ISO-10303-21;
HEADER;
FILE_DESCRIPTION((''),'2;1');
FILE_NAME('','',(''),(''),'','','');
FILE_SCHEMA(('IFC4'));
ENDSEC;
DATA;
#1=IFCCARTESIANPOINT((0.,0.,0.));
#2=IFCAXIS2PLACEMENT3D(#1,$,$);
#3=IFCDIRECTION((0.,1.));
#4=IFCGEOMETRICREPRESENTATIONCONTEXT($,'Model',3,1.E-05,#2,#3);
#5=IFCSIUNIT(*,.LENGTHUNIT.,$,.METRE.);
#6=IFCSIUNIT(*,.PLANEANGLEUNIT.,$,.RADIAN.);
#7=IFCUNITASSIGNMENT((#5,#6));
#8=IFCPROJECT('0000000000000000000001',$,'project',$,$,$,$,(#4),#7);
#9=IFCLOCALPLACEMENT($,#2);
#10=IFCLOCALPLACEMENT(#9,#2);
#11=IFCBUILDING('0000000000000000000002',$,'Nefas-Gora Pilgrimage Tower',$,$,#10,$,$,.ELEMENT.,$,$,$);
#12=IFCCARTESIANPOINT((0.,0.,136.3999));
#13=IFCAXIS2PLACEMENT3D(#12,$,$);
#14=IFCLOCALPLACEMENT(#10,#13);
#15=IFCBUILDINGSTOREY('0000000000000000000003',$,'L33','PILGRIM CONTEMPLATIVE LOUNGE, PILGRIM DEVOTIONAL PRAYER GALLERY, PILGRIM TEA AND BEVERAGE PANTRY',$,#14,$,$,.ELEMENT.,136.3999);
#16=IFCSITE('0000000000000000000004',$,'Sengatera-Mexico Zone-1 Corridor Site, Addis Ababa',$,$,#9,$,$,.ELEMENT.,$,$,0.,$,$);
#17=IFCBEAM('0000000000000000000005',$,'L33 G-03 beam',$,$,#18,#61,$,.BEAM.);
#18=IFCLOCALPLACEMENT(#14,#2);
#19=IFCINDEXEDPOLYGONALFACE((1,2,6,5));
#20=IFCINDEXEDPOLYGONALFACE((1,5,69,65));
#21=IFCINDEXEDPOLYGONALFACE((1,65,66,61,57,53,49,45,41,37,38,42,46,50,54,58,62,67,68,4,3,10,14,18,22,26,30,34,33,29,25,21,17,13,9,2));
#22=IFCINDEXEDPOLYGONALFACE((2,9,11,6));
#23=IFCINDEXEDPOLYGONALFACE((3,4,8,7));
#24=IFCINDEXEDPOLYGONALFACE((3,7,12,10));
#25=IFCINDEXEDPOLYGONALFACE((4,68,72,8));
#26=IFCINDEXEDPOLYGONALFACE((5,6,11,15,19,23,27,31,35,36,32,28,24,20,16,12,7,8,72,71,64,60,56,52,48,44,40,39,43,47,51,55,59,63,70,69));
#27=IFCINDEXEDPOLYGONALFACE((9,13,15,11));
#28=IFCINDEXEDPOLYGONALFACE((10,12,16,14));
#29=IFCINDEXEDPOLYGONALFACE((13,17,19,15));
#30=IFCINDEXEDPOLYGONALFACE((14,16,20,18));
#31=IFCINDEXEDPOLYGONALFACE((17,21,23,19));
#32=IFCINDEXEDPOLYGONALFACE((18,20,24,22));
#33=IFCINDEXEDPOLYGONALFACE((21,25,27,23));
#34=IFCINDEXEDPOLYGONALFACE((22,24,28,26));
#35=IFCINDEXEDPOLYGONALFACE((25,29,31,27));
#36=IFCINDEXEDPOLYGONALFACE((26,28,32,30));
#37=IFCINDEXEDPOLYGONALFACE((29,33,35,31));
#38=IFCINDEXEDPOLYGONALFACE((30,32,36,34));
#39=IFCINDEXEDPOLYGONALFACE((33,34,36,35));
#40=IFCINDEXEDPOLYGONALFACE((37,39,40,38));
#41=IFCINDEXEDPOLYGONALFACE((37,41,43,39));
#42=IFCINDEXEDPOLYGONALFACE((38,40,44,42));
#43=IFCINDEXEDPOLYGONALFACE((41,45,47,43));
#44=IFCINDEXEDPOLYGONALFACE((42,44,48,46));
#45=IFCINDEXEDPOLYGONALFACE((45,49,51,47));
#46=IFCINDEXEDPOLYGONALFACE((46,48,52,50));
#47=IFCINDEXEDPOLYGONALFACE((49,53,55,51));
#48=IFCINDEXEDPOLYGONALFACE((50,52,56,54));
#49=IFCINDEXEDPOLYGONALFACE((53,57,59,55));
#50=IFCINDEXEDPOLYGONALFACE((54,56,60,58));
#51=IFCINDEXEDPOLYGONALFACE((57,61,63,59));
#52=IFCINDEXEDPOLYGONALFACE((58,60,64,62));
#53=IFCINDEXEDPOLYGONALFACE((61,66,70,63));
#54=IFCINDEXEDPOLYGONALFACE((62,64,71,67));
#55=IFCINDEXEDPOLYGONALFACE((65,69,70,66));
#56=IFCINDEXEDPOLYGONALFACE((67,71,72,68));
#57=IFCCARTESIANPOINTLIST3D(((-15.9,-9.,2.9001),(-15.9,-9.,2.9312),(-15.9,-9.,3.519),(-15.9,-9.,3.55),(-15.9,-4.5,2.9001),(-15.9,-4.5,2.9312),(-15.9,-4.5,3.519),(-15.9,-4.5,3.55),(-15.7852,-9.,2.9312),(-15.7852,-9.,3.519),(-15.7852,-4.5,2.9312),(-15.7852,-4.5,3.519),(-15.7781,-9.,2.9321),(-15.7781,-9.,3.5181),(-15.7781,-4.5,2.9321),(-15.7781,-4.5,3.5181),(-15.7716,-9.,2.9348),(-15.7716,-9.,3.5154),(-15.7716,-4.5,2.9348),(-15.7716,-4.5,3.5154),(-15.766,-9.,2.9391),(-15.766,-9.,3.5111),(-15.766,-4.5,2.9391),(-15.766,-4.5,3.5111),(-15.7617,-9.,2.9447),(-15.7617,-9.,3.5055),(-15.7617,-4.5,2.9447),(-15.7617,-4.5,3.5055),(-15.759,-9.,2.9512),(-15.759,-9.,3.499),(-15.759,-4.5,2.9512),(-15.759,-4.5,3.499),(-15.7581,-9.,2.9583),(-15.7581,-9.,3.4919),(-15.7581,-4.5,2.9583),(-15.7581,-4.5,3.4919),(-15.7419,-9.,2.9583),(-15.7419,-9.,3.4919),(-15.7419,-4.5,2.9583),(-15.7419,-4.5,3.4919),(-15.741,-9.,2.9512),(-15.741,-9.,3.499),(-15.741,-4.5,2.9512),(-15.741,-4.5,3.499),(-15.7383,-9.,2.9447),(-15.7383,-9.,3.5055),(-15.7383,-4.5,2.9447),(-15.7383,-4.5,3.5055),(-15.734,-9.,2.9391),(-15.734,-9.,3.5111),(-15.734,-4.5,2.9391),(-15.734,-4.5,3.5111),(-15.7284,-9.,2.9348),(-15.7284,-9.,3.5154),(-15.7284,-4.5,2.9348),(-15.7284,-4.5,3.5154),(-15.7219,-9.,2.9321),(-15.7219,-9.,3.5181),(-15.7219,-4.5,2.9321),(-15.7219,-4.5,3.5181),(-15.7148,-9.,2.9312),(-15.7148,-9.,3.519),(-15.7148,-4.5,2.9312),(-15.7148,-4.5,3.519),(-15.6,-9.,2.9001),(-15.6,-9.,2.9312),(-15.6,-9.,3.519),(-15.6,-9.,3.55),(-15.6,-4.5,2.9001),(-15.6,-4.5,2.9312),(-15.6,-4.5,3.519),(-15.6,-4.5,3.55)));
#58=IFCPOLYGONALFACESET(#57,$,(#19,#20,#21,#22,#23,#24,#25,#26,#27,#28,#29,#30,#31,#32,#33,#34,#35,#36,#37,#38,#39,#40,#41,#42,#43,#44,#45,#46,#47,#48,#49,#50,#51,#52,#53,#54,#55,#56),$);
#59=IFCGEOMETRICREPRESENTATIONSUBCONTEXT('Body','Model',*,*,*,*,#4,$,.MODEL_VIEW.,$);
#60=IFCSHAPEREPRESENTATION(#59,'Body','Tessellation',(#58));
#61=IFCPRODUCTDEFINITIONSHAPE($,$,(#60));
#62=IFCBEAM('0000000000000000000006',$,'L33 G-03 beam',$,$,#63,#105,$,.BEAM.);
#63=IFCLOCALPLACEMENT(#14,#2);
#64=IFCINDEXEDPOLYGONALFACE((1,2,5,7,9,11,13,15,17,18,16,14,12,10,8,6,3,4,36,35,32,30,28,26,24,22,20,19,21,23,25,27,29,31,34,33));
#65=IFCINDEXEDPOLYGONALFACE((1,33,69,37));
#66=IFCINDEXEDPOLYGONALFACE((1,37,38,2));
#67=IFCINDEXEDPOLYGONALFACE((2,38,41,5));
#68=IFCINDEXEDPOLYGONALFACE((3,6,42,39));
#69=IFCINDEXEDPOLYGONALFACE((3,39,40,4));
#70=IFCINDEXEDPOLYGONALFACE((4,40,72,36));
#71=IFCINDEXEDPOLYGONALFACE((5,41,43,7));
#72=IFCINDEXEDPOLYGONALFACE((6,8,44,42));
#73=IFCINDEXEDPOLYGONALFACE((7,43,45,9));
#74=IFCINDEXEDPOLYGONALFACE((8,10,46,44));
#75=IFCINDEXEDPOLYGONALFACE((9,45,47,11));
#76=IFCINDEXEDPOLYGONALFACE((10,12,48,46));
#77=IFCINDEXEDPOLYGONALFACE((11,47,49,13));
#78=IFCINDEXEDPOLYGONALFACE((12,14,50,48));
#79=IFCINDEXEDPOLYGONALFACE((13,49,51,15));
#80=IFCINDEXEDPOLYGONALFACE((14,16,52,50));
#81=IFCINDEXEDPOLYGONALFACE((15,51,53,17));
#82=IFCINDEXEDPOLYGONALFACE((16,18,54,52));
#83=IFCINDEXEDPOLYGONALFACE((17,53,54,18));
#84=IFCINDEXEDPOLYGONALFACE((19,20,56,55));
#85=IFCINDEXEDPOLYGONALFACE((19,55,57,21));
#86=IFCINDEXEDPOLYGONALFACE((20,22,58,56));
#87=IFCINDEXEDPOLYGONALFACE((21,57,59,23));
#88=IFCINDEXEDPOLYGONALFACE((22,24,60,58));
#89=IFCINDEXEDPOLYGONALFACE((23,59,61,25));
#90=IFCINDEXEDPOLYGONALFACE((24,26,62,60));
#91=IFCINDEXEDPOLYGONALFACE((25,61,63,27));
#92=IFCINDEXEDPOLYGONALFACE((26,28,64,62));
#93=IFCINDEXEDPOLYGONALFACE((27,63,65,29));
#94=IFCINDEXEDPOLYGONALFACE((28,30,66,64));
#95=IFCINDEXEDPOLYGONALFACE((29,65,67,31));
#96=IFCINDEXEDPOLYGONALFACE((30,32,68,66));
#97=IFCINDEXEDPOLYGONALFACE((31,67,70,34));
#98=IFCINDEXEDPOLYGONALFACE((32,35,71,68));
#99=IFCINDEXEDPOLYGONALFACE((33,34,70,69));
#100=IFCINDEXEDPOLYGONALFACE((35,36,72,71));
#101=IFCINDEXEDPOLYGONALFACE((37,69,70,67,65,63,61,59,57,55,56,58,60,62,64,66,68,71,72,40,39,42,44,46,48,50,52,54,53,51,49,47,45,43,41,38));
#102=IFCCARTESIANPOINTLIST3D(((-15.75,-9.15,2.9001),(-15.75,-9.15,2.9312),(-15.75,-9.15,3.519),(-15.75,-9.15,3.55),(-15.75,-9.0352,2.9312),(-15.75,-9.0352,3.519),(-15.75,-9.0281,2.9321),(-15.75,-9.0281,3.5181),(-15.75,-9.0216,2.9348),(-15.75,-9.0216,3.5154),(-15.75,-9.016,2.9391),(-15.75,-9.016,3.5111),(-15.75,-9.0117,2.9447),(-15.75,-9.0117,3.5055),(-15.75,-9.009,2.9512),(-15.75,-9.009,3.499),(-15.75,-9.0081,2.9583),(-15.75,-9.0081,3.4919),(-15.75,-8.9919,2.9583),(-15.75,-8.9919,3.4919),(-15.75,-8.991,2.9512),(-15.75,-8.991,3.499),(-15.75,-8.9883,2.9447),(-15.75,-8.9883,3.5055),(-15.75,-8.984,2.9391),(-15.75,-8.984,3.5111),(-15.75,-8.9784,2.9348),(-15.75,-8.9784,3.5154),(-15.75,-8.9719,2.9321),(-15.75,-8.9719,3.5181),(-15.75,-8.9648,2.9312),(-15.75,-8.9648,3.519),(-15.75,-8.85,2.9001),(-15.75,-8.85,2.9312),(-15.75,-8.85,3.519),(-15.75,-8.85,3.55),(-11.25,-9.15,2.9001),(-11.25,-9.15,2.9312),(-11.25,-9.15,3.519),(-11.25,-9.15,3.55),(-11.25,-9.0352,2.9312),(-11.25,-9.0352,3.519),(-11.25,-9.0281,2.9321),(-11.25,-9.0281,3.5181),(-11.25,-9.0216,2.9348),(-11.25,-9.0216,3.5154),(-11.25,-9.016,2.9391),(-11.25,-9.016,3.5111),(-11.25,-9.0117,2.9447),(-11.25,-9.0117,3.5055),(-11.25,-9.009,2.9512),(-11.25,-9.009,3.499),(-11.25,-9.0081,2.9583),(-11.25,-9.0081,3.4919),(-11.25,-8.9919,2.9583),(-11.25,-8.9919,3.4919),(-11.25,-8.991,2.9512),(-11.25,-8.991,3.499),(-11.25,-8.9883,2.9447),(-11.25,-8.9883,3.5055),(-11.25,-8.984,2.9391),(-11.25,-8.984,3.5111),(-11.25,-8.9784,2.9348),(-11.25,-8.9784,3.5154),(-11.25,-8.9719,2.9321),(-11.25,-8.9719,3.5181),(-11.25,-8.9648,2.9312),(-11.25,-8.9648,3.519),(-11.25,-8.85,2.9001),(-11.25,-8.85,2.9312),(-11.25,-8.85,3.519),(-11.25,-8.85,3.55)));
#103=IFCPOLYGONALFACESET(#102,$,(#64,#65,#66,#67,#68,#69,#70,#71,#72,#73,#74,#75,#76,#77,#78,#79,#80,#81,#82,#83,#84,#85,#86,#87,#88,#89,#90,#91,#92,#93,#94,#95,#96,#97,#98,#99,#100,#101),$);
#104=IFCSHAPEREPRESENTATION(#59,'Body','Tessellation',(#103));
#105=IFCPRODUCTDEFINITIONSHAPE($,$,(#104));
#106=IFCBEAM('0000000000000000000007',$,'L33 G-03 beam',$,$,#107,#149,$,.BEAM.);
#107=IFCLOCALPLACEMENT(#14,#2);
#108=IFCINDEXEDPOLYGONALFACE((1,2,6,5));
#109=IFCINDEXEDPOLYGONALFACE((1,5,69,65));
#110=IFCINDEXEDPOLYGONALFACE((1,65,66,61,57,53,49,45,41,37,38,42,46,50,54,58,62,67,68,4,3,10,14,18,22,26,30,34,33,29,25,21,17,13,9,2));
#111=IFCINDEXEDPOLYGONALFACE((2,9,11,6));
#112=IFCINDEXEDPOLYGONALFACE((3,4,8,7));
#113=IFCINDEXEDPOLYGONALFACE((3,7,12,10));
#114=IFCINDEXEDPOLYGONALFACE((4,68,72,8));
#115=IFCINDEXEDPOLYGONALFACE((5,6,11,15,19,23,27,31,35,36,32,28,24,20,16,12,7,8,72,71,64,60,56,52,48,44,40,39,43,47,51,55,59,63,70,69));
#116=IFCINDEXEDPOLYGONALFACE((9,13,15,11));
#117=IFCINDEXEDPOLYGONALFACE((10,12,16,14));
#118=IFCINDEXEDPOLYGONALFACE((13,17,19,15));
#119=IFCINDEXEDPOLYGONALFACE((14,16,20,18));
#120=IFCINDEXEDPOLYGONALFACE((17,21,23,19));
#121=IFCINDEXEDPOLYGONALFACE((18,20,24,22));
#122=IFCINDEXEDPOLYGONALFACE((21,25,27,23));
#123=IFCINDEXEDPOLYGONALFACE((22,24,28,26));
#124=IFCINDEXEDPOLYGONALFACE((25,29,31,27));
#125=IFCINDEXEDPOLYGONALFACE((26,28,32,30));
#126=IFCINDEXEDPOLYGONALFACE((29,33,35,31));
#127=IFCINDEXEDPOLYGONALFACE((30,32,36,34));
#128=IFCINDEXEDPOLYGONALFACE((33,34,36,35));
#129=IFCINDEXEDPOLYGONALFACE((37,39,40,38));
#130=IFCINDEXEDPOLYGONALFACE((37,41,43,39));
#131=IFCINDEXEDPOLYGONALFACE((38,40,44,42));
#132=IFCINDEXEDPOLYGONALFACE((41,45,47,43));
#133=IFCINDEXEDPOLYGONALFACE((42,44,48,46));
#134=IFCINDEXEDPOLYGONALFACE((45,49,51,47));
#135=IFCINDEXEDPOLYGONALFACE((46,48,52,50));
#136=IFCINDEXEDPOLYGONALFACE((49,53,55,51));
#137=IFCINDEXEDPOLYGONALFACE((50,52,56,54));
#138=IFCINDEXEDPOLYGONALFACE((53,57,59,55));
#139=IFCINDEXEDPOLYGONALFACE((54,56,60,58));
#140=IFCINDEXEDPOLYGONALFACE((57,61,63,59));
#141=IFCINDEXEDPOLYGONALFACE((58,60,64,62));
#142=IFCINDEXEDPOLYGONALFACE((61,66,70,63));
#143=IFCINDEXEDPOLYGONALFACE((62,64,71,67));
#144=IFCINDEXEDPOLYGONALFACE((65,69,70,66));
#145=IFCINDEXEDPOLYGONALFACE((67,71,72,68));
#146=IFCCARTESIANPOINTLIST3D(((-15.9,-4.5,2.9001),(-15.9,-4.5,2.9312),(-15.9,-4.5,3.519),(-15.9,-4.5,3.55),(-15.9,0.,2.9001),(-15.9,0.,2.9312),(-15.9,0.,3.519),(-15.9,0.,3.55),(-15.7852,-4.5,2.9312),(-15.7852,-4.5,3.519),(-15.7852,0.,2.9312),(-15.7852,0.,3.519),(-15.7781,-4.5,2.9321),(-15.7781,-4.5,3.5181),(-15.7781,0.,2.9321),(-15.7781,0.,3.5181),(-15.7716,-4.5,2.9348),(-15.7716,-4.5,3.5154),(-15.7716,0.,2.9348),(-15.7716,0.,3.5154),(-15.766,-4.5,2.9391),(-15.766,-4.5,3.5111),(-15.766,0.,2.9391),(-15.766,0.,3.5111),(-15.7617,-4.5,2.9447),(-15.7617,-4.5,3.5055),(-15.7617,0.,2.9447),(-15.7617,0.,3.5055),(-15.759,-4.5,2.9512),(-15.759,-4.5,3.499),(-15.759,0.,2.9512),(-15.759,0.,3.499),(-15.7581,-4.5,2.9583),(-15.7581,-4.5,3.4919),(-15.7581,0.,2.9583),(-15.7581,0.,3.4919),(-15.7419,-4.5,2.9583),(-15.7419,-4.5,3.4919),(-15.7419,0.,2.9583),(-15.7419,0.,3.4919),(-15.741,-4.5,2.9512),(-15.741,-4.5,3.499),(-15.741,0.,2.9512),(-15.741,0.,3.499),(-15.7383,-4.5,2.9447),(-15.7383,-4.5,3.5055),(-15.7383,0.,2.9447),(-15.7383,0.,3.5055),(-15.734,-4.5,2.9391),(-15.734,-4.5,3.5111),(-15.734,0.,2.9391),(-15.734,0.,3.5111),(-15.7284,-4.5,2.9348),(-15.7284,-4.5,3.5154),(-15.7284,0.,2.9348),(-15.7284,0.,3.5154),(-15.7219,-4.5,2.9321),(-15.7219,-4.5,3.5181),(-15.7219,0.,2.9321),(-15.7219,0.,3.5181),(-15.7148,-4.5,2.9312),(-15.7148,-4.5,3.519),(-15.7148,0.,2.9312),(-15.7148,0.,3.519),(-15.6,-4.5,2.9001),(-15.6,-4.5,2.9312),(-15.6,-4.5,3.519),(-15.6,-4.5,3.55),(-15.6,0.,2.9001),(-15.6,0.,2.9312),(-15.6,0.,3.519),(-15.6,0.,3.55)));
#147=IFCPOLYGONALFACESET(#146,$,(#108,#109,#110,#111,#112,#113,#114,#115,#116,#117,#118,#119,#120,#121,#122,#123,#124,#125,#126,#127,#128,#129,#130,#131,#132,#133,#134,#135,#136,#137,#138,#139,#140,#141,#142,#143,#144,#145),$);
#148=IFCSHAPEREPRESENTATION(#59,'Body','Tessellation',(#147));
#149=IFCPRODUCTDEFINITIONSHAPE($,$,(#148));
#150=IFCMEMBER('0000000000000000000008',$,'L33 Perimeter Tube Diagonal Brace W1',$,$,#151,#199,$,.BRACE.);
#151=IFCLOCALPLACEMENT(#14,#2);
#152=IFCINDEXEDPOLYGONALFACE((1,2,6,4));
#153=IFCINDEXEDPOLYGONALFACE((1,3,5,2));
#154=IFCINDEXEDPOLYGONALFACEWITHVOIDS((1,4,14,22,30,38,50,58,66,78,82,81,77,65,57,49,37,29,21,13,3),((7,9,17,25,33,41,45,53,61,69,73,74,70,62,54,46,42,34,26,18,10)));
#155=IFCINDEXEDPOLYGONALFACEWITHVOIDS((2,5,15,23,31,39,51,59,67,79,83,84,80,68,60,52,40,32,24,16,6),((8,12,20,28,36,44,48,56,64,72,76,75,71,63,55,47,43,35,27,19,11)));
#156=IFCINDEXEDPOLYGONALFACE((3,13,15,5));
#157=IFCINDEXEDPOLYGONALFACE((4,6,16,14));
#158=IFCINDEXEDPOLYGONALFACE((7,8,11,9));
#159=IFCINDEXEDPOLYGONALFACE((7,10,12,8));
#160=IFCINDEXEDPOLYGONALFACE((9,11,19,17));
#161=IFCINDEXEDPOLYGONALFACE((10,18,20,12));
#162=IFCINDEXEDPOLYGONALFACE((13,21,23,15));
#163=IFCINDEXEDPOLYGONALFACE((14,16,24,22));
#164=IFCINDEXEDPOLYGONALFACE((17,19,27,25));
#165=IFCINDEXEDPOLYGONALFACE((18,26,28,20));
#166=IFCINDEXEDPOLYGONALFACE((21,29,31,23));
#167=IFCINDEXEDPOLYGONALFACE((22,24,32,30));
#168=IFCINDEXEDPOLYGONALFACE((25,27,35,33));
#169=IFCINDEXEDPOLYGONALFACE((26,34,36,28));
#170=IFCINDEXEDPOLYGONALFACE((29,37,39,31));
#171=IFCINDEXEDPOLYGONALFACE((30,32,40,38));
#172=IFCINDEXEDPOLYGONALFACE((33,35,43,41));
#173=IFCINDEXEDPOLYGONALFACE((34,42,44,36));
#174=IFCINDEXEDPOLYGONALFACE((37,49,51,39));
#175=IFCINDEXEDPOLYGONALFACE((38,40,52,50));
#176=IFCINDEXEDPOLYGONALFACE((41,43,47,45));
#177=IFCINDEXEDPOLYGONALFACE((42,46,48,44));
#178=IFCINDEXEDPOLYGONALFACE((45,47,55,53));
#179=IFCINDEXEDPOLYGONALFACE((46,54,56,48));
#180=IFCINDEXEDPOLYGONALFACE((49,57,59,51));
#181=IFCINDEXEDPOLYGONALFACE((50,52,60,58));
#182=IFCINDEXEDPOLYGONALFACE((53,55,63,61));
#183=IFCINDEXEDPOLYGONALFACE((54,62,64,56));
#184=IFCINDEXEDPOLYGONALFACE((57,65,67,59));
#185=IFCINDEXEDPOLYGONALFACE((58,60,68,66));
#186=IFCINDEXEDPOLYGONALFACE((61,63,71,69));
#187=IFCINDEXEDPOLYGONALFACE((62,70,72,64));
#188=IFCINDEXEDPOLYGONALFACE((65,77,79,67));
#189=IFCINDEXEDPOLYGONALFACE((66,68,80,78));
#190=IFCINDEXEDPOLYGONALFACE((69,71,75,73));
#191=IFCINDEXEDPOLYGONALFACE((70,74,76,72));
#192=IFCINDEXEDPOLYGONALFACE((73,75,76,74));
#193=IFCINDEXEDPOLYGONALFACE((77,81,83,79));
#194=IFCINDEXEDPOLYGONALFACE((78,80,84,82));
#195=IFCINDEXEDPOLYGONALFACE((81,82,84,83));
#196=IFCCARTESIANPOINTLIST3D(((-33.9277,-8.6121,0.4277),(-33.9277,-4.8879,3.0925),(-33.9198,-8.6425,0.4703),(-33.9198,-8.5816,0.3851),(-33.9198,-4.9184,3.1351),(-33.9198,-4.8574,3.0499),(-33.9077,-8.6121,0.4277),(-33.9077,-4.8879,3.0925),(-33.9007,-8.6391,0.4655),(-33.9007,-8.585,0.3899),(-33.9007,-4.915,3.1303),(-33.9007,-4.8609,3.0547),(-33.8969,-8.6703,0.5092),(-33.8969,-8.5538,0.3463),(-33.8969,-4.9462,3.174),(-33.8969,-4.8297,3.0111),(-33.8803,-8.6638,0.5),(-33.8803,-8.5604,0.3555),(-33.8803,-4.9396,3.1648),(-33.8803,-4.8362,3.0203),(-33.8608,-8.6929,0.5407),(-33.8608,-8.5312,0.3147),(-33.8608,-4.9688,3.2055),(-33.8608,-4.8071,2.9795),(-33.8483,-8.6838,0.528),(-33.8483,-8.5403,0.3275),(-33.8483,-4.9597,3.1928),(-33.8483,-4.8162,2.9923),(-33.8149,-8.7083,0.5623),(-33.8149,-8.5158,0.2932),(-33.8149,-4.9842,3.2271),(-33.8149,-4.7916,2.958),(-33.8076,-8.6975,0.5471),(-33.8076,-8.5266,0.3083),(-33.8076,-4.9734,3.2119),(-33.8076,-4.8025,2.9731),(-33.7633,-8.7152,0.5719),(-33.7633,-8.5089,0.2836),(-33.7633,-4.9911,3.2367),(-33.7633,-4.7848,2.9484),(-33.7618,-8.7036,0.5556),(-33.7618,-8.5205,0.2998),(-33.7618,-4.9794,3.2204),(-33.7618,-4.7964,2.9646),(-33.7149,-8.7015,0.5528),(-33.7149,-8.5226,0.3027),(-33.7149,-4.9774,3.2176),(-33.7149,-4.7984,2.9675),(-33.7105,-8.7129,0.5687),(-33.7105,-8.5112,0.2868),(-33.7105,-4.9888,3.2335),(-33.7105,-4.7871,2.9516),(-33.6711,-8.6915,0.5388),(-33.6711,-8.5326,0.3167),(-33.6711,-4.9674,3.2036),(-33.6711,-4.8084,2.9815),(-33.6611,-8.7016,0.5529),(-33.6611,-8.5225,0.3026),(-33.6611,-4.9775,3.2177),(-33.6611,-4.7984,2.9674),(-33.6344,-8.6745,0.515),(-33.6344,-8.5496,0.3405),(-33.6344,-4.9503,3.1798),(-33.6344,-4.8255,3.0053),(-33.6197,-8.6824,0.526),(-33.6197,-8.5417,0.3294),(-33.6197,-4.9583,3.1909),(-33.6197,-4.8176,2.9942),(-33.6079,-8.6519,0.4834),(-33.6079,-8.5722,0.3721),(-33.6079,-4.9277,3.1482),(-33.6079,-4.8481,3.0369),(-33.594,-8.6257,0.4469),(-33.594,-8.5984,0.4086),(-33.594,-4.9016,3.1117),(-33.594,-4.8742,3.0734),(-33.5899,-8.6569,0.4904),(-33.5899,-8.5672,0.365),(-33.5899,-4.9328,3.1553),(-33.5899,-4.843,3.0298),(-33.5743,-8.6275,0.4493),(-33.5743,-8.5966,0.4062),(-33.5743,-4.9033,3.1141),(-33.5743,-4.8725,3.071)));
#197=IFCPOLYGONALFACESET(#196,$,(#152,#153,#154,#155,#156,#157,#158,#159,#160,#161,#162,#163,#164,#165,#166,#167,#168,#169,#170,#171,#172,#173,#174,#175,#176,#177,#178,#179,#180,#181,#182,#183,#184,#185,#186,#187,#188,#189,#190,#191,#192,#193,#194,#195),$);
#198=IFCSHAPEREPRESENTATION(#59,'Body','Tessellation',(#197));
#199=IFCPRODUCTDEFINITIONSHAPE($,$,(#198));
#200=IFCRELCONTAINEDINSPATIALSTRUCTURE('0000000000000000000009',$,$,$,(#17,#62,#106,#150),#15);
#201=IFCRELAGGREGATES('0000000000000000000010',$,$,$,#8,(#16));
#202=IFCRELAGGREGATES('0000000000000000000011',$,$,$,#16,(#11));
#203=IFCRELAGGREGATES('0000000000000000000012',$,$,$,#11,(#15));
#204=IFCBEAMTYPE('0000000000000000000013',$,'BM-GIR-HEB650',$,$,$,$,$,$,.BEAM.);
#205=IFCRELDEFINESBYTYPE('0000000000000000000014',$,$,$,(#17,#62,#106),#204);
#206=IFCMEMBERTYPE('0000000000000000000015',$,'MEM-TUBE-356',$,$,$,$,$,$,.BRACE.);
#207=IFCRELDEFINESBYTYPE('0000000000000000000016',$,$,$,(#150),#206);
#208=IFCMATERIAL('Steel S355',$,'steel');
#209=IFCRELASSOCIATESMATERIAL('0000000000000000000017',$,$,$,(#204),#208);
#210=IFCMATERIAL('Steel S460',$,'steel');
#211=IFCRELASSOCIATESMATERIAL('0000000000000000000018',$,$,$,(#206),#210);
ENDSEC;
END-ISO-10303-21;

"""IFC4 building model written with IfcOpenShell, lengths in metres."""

from ifc_helpers import new_model, si_unit, direction, frame, origin, origin_2d, place, context, subcontext, project, spatial, hollow_circle, i_section, extrude, source, transform, mapped, material, material_profile, profile_set, type_object, element, save


model = new_model("IFC4")

# Units and contexts
model_context = context("Model", 3, precision=1e-05, world=origin(), true_north=direction((0.0, 1.0)))
body_context = subcontext(model_context, "Body", "Model", "MODEL_VIEW")
ifc_project = project(units=[si_unit("LENGTHUNIT", "METRE"), si_unit("PLANEANGLEUNIT", "RADIAN")], contexts=[model_context])

# Site, building, storey
site_placement = place(None, origin())
site = spatial("IfcSite", under=ifc_project, at=site_placement, Name="Sengatera-Mexico Zone-1 Corridor Site, Addis Ababa", CompositionType="ELEMENT", RefElevation=0.0)
building_placement = place(site_placement, origin())
building = spatial("IfcBuilding", under=site, at=building_placement, Name="Nefas-Gora Pilgrimage Tower", CompositionType="ELEMENT")
storey_placement = place(building_placement, frame((0.0, 0.0, 136.3999)))
storey = spatial("IfcBuildingStorey", under=building, at=storey_placement, Name="L33", Description="PILGRIM CONTEMPLATIVE LOUNGE, PILGRIM DEVOTIONAL PRAYER GALLERY, PILGRIM TEA AND BEVERAGE PANTRY", CompositionType="ELEMENT", Elevation=136.3999)

# Shared definitions
ifc_material_1 = material(Name="Steel S460", Category="steel")

# Beams
ifc_material_2 = material(Name="Steel S355", Category="steel")
ifc_material_profile_1 = material_profile(ifc_material_2, i_section(OverallWidth=0.3, OverallDepth=0.6499, WebThickness=0.0161, FlangeThickness=0.031, FilletRadius=0.0271, at=origin_2d()), Name="HEB 650")
ifc_profile_set_1 = profile_set([ifc_material_profile_1], Name="Steel S355")
beam_type_1 = type_object("IfcBeamType", Name="BM-GIR-HEB650", PredefinedType="BEAM", material=ifc_profile_set_1)
shared_shape_1 = source(origin(), body_context, "Body", "SweptSolid", [
    extrude(i_section(OverallWidth=0.3, OverallDepth=0.6499, WebThickness=0.0161, FlangeThickness=0.031, FilletRadius=0.0271, at=origin_2d()), origin(), (0.0, 0.0, 1.0), 4.5),
])
for number, where, z_axis, x_axis, name in (
    (1, (-15.75, -9.0, 3.2251), (0.0, 1.0, 0.0), (-1.0, 0.0, 0.0), "L33 G-03 beam"),
    (2, (-15.75, -9.0, 3.2251), (1.0, 0.0, 0.0), (0.0, 1.0, 0.0), "L33 G-03 beam"),
    (3, (-15.75, -4.5, 3.2251), (0.0, 1.0, 0.0), (-1.0, 0.0, 0.0), "L33 G-03 beam"),
):
    element("IfcBeam", number, at=place(storey_placement, frame(where, z_axis=z_axis, x_axis=x_axis)), inside=storey, type_object=beam_type_1, Name=name, PredefinedType="BEAM", context=body_context, shape_type="MappedRepresentation", body=[
        mapped(shared_shape_1, transform((0.0, 0.0, 0.0), x_axis=(1.0, 0.0, 0.0), y_axis=(0.0, 1.0, 0.0), z_axis=(0.0, 0.0, 1.0), scale=1.0)),
    ])

# Member
ifc_material_profile_2 = material_profile(ifc_material_1, hollow_circle(Radius=0.1777, WallThickness=0.02, at=origin_2d()), Name="CHS 355.6x20")
ifc_profile_set_2 = profile_set([ifc_material_profile_2], Name="Steel S460")
member_type_1 = type_object("IfcMemberType", Name="MEM-TUBE-356", PredefinedType="BRACE", material=ifc_profile_set_2)
shared_shape_2 = source(origin(), body_context, "Body", "SweptSolid", [
    extrude(hollow_circle(Radius=0.1777, WallThickness=0.02, at=origin_2d()), origin(), (0.0, 0.0, 1.0), 4.5793),
])
member_1_placement = place(storey_placement, frame((-33.75, -8.6121, 0.4277), z_axis=(0.0, 0.813247, 0.581919), x_axis=(-1.0, 0.0, 0.0)))
element("IfcMember", 4, at=member_1_placement, inside=storey, type_object=member_type_1, Name="L33 Perimeter Tube Diagonal Brace W1", PredefinedType="BRACE", context=body_context, shape_type="MappedRepresentation", body=[
    mapped(shared_shape_2, transform((0.0, 0.0, 0.0), x_axis=(1.0, 0.0, 0.0), y_axis=(0.0, 1.0, 0.0), z_axis=(0.0, 0.0, 1.0), scale=1.0)),
])

save(model, "model.ifc")
